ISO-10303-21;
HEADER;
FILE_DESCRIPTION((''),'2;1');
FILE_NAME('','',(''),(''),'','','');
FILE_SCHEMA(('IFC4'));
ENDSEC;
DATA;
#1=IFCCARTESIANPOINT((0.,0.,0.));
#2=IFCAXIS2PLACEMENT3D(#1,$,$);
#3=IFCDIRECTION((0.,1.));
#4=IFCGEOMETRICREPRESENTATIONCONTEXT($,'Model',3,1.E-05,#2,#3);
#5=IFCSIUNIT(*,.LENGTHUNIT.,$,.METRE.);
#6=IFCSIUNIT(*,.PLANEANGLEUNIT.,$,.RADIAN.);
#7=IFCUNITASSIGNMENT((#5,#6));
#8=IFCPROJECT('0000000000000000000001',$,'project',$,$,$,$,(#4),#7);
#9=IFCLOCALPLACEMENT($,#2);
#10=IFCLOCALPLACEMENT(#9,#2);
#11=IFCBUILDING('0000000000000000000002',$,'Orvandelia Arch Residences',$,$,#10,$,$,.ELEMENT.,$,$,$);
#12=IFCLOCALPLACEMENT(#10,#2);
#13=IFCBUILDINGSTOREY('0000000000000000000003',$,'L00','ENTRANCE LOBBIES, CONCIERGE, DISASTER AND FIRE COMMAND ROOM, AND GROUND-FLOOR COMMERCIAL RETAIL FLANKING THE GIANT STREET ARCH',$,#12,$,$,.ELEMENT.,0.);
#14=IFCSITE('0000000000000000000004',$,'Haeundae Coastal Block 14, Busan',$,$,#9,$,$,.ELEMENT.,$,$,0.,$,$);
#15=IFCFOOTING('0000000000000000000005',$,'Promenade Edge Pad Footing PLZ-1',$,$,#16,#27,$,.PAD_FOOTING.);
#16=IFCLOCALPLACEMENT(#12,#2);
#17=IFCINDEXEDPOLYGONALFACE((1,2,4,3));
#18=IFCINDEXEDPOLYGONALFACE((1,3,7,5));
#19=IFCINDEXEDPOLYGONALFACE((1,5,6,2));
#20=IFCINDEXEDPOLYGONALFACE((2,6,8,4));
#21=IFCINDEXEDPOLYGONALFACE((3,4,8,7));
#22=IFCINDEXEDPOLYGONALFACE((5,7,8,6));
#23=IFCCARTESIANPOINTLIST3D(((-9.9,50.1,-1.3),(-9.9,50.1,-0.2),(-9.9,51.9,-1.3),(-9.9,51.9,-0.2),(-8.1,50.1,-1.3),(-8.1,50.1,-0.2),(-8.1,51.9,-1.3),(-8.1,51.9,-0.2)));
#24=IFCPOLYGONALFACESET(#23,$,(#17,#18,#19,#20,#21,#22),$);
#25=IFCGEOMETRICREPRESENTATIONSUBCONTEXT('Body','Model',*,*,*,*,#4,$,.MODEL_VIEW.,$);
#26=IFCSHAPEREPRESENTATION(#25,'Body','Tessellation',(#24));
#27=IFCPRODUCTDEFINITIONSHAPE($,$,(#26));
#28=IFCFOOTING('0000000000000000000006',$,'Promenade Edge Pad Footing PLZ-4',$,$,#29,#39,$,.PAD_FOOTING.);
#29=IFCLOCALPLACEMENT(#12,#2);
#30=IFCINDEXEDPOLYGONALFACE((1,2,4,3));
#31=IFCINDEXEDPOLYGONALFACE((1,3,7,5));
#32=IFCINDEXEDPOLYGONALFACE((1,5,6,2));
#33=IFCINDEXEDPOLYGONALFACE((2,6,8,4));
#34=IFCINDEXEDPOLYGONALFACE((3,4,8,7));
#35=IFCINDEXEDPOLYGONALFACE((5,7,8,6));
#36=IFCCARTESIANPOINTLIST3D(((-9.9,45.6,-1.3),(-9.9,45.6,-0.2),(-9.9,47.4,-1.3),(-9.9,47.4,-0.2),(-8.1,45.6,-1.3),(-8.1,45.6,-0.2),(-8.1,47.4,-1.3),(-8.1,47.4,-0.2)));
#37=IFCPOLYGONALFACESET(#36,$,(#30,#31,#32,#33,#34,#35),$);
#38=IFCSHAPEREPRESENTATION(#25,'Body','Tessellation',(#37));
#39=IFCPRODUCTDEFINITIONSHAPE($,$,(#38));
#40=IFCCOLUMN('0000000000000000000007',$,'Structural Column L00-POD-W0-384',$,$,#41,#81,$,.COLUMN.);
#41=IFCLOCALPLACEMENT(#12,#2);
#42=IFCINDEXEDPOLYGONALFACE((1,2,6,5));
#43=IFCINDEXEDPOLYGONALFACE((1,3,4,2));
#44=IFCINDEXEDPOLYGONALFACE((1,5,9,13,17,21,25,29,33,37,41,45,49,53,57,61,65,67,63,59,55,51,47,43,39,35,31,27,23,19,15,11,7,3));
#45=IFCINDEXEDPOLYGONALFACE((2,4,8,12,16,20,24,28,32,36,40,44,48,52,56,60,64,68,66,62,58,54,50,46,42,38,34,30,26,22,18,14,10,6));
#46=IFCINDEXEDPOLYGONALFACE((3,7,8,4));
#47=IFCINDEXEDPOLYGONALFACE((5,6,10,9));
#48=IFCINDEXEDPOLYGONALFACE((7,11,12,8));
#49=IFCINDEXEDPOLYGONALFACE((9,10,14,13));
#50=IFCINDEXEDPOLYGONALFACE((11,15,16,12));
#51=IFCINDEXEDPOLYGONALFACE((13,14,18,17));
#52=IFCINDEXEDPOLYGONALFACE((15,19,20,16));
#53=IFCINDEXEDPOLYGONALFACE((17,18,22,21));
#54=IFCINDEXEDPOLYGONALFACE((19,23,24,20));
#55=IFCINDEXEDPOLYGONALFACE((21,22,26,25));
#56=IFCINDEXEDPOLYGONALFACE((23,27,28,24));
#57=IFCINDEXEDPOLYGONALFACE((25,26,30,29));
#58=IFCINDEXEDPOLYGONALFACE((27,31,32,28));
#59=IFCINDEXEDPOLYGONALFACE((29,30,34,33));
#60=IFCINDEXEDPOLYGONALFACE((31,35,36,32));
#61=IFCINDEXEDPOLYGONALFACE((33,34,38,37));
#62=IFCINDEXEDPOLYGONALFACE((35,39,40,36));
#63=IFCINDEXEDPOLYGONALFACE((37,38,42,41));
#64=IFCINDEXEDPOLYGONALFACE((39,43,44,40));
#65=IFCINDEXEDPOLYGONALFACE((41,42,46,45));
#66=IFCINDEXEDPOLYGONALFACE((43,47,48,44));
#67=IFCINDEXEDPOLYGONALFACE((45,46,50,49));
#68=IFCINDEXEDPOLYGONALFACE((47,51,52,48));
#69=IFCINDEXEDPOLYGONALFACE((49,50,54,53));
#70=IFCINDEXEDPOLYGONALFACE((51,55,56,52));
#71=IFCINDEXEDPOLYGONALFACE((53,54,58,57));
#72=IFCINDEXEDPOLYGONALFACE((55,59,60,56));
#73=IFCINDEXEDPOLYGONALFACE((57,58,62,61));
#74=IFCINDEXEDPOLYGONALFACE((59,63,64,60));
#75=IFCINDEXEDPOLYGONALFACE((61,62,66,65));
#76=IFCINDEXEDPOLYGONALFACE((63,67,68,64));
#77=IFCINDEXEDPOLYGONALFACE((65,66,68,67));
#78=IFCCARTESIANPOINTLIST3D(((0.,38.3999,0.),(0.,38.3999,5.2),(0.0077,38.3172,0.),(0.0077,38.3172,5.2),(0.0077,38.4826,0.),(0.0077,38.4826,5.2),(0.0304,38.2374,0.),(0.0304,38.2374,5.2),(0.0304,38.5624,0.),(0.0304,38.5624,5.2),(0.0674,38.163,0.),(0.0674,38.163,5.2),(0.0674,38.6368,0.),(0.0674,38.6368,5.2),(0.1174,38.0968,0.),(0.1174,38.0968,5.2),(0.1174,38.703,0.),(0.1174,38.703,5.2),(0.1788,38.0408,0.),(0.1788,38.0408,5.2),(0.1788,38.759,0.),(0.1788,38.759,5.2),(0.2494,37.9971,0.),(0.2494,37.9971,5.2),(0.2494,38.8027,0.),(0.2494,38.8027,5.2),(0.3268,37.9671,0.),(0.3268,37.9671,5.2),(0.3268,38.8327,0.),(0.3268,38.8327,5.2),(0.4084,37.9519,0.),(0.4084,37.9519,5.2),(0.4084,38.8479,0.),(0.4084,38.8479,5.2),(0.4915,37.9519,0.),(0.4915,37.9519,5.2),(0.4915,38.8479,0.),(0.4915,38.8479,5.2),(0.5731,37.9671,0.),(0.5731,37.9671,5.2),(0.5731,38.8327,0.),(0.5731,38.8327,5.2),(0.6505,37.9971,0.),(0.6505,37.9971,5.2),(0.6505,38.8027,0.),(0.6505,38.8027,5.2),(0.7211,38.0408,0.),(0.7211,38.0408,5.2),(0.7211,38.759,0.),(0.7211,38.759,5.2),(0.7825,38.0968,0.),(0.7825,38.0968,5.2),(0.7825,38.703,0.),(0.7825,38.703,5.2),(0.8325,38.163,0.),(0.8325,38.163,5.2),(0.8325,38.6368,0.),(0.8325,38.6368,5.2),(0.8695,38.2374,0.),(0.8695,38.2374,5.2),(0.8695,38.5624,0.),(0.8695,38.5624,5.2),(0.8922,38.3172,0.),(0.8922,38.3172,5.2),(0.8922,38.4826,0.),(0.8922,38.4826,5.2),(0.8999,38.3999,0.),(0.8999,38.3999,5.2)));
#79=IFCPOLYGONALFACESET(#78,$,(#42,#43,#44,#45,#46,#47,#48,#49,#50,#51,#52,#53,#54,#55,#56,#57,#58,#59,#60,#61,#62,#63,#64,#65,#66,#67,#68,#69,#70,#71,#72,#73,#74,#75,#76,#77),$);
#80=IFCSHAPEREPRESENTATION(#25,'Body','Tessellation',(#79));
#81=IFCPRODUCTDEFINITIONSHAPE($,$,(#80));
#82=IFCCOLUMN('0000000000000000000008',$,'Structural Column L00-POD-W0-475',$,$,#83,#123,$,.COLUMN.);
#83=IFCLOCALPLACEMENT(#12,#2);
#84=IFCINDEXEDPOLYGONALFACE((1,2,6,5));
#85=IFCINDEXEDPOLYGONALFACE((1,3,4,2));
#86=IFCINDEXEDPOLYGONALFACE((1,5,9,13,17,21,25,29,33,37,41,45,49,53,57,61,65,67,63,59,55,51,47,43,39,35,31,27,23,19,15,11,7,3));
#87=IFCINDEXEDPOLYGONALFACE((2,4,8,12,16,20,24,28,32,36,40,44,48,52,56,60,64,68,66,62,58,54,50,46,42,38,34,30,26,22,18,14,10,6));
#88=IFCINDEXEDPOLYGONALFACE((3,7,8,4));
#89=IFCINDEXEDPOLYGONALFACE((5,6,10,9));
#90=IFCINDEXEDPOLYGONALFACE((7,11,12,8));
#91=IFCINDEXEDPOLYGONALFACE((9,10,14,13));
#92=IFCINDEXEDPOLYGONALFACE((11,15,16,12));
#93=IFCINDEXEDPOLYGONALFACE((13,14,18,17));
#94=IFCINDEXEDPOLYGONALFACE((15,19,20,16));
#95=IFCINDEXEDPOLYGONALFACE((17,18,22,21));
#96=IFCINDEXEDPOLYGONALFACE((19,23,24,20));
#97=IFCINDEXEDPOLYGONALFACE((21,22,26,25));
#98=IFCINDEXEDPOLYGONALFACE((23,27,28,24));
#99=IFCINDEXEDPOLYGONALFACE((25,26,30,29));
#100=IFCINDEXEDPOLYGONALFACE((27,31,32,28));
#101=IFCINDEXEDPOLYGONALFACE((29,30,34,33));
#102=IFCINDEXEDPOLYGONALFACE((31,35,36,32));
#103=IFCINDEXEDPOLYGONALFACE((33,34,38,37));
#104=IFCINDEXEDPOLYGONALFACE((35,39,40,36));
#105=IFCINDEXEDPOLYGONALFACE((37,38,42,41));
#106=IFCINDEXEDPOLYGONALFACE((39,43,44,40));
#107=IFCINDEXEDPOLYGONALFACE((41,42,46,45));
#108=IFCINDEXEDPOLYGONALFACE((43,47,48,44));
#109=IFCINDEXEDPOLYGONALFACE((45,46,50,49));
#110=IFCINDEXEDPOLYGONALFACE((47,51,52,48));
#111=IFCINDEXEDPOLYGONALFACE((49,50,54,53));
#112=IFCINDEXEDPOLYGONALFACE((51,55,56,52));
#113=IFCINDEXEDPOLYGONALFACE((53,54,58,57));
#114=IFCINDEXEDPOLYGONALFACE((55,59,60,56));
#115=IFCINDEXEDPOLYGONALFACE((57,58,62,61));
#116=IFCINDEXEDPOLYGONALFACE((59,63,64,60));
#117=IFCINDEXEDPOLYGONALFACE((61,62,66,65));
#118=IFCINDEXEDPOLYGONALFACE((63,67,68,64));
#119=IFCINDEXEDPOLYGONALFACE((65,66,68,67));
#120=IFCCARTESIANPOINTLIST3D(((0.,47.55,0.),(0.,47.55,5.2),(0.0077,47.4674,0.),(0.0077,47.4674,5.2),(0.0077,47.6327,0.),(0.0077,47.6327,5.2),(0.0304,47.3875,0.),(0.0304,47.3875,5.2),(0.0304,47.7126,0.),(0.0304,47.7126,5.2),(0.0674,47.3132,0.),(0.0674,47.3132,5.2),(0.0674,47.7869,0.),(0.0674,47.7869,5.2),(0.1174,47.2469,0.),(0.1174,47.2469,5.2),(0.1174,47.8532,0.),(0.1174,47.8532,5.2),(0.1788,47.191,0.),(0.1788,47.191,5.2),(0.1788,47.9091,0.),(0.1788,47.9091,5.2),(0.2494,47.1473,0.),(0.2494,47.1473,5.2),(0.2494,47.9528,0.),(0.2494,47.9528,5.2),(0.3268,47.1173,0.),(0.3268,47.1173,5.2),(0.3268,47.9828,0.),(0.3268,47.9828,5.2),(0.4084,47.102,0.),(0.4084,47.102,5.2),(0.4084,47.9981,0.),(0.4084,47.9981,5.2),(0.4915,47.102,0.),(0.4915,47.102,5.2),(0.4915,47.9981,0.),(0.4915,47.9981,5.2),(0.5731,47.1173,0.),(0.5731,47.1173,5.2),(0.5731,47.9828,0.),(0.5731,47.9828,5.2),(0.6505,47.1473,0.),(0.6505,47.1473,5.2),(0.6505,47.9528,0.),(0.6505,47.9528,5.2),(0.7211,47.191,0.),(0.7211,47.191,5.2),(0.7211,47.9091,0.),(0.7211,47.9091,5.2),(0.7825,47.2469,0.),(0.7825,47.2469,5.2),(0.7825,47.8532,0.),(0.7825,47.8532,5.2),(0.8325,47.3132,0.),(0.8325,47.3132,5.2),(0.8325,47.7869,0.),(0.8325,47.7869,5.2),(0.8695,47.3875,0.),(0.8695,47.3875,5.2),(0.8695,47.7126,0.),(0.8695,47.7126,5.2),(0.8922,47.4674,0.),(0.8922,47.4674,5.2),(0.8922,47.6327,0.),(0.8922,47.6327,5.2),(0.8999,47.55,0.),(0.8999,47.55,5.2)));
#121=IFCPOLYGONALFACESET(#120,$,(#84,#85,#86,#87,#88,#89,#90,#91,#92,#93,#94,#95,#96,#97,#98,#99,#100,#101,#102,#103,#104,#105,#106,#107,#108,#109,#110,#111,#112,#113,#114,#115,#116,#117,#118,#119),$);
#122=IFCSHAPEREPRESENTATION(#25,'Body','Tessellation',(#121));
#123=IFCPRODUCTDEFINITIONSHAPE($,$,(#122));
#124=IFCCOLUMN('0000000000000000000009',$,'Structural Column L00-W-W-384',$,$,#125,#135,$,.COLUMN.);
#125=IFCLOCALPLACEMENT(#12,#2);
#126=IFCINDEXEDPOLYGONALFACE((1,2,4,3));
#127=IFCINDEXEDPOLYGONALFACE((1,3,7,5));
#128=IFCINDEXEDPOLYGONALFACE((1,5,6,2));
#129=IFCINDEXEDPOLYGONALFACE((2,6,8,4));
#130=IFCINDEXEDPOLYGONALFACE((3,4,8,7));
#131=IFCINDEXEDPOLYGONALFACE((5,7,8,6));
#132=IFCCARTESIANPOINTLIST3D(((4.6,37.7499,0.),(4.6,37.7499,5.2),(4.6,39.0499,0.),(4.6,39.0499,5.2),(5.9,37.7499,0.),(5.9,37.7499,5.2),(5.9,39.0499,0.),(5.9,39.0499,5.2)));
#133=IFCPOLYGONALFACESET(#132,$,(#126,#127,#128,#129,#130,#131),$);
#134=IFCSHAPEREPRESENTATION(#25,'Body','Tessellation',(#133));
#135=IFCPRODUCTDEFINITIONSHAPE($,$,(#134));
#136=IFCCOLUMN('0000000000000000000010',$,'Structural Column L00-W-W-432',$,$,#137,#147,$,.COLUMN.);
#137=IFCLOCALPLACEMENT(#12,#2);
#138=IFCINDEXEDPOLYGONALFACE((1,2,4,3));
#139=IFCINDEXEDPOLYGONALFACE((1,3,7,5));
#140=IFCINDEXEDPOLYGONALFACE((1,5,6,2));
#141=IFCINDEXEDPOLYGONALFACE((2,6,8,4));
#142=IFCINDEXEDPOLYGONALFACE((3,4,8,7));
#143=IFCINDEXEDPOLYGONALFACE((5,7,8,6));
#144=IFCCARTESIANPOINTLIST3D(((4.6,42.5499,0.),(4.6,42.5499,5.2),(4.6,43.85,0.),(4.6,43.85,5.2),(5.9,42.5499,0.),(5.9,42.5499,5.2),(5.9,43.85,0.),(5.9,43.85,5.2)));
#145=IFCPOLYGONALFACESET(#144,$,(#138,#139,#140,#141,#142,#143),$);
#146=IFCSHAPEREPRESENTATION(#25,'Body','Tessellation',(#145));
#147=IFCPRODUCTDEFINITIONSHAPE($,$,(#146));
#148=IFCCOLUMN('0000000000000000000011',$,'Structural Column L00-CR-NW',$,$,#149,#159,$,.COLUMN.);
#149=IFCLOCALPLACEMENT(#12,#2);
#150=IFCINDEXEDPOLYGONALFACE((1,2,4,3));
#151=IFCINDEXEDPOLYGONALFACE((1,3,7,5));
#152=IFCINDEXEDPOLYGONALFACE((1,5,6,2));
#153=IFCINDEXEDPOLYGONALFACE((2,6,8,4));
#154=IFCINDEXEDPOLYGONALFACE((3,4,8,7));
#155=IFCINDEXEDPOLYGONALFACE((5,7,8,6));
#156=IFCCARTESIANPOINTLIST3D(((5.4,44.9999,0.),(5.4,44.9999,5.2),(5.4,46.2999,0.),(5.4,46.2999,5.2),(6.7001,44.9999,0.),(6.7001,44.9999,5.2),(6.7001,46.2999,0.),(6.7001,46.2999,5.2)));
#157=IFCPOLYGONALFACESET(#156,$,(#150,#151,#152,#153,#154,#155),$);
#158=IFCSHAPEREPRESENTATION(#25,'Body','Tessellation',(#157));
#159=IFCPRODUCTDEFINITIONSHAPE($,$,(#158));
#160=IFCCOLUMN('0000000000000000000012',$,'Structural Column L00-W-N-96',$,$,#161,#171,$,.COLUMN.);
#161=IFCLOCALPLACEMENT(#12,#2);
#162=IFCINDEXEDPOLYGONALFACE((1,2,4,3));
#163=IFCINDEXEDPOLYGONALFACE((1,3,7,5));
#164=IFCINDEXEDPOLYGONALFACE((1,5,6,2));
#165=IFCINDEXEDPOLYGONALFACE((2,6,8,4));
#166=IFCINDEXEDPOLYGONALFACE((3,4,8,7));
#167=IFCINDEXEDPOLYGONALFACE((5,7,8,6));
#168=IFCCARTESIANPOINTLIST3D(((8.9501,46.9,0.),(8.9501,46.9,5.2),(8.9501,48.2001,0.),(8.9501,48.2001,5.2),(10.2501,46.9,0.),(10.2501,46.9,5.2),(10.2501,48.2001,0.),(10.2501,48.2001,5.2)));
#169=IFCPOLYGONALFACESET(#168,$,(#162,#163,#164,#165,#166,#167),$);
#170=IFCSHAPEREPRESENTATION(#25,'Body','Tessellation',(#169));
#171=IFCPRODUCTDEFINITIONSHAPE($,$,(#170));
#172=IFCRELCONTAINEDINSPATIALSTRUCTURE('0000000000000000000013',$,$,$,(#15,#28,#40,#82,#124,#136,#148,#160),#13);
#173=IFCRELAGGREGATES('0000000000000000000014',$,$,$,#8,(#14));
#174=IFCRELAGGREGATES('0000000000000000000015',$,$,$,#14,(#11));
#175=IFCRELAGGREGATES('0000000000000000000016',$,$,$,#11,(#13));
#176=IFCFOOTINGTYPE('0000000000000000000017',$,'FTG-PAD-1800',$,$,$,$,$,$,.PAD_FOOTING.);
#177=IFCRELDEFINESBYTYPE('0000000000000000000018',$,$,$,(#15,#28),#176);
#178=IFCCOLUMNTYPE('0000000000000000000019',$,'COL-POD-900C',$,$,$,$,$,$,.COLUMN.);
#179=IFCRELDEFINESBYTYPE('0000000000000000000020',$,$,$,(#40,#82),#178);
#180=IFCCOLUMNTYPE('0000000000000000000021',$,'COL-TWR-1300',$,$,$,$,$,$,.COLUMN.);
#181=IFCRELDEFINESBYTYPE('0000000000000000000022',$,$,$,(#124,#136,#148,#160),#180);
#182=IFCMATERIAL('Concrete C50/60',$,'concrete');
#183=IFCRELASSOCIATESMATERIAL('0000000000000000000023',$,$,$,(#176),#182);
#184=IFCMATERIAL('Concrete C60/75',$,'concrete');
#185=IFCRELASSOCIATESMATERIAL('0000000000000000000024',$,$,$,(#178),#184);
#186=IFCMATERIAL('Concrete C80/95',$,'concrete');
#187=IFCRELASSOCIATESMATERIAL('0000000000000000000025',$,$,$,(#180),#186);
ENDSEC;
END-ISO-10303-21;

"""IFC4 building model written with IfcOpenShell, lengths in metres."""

from ifc_helpers import new_model, si_unit, direction, frame, origin, origin_2d, place, context, subcontext, project, spatial, rectangle, circle, extrude, material, material_profile, profile_set, type_object, element, save


model = new_model("IFC4")

# Units and contexts
model_context = context("Model", 3, precision=1e-05, world=origin(), true_north=direction((0.0, 1.0)))
body_context = subcontext(model_context, "Body", "Model", "MODEL_VIEW")
ifc_project = project(units=[si_unit("LENGTHUNIT", "METRE"), si_unit("PLANEANGLEUNIT", "RADIAN")], contexts=[model_context])

# Site, building, storey
site_placement = place(None, origin())
site = spatial("IfcSite", under=ifc_project, at=site_placement, Name="Haeundae Coastal Block 14, Busan", CompositionType="ELEMENT", RefElevation=0.0)
building_placement = place(site_placement, origin())
building = spatial("IfcBuilding", under=site, at=building_placement, Name="Orvandelia Arch Residences", CompositionType="ELEMENT")
storey_placement = place(building_placement, origin())
storey = spatial("IfcBuildingStorey", under=building, at=storey_placement, Name="L00", Description="ENTRANCE LOBBIES, CONCIERGE, DISASTER AND FIRE COMMAND ROOM, AND GROUND-FLOOR COMMERCIAL RETAIL FLANKING THE GIANT STREET ARCH", CompositionType="ELEMENT", Elevation=0.0)

# Footings
ifc_material_1 = material(Name="Concrete C50/60", Category="concrete")
footing_type = type_object("IfcFootingType", Name="FTG-PAD-1800", PredefinedType="PAD_FOOTING", material=ifc_material_1)
for number, where, z_axis, x_axis, name in (
    (1, (-9.0, 51.0, -1.3), (0.0, 0.0, 1.0), (1.0, 0.0, 0.0), "Promenade Edge Pad Footing PLZ-1"),
    (2, (-9.0, 46.5, -1.3), (0.0, 0.0, 1.0), (1.0, 0.0, 0.0), "Promenade Edge Pad Footing PLZ-4"),
):
    element("IfcFooting", number, at=place(storey_placement, frame(where, z_axis=z_axis, x_axis=x_axis)), inside=storey, type_object=footing_type, Name=name, PredefinedType="PAD_FOOTING", context=body_context, shape_type="SweptSolid", body=[
        extrude(rectangle(XDim=1.8, YDim=1.8, at=origin_2d()), origin(), (0.0, 0.0, 1.0), 1.1001),
    ])

# Columns
ifc_material_2 = material(Name="Concrete C60/75", Category="concrete")
ifc_material_profile_1 = material_profile(ifc_material_2, circle(Radius=0.45, at=origin_2d()), Name="Concrete C60/75", Category="concrete")
ifc_profile_set_1 = profile_set([ifc_material_profile_1], Name="Concrete C60/75")
column_type_1 = type_object("IfcColumnType", Name="COL-POD-900C", PredefinedType="COLUMN", material=ifc_profile_set_1)
for number, where, z_axis, x_axis, name in (
    (3, (0.45, 38.3999, 0.0), (0.0, 0.0, 1.0), (1.0, 0.0, 0.0), "Structural Column L00-POD-W0-384"),
    (4, (0.45, 47.55, 0.0), (0.0, 0.0, 1.0), (1.0, 0.0, 0.0), "Structural Column L00-POD-W0-475"),
):
    element("IfcColumn", number, at=place(storey_placement, frame(where, z_axis=z_axis, x_axis=x_axis)), inside=storey, type_object=column_type_1, Name=name, PredefinedType="COLUMN", context=body_context, shape_type="SweptSolid", body=[
        extrude(circle(Radius=0.45, at=origin_2d()), origin(), (0.0, 0.0, 1.0), 5.2),
    ])
ifc_material_3 = material(Name="Concrete C80/95", Category="concrete")
ifc_material_profile_2 = material_profile(ifc_material_3, rectangle(XDim=1.3, YDim=1.3, at=origin_2d()), Name="Concrete C80/95", Category="concrete")
ifc_profile_set_2 = profile_set([ifc_material_profile_2], Name="Concrete C80/95")
column_type_2 = type_object("IfcColumnType", Name="COL-TWR-1300", PredefinedType="COLUMN", material=ifc_profile_set_2)
for number, where, z_axis, x_axis, name in (
    (5, (5.25, 38.3999, 0.0), (0.0, 0.0, 1.0), (1.0, 0.0, 0.0), "Structural Column L00-W-W-384"),
    (6, (5.25, 43.2, 0.0), (0.0, 0.0, 1.0), (1.0, 0.0, 0.0), "Structural Column L00-W-W-432"),
    (7, (6.05, 45.6499, 0.0), (0.0, 0.0, 1.0), (1.0, 0.0, 0.0), "Structural Column L00-CR-NW"),
    (8, (9.6001, 47.55, 0.0), (0.0, 0.0, 1.0), (1.0, 0.0, 0.0), "Structural Column L00-W-N-96"),
):
    element("IfcColumn", number, at=place(storey_placement, frame(where, z_axis=z_axis, x_axis=x_axis)), inside=storey, type_object=column_type_2, Name=name, PredefinedType="COLUMN", context=body_context, shape_type="SweptSolid", body=[
        extrude(rectangle(XDim=1.3, YDim=1.3, at=origin_2d()), origin(), (0.0, 0.0, 1.0), 5.2),
    ])

save(model, "model.ifc")
